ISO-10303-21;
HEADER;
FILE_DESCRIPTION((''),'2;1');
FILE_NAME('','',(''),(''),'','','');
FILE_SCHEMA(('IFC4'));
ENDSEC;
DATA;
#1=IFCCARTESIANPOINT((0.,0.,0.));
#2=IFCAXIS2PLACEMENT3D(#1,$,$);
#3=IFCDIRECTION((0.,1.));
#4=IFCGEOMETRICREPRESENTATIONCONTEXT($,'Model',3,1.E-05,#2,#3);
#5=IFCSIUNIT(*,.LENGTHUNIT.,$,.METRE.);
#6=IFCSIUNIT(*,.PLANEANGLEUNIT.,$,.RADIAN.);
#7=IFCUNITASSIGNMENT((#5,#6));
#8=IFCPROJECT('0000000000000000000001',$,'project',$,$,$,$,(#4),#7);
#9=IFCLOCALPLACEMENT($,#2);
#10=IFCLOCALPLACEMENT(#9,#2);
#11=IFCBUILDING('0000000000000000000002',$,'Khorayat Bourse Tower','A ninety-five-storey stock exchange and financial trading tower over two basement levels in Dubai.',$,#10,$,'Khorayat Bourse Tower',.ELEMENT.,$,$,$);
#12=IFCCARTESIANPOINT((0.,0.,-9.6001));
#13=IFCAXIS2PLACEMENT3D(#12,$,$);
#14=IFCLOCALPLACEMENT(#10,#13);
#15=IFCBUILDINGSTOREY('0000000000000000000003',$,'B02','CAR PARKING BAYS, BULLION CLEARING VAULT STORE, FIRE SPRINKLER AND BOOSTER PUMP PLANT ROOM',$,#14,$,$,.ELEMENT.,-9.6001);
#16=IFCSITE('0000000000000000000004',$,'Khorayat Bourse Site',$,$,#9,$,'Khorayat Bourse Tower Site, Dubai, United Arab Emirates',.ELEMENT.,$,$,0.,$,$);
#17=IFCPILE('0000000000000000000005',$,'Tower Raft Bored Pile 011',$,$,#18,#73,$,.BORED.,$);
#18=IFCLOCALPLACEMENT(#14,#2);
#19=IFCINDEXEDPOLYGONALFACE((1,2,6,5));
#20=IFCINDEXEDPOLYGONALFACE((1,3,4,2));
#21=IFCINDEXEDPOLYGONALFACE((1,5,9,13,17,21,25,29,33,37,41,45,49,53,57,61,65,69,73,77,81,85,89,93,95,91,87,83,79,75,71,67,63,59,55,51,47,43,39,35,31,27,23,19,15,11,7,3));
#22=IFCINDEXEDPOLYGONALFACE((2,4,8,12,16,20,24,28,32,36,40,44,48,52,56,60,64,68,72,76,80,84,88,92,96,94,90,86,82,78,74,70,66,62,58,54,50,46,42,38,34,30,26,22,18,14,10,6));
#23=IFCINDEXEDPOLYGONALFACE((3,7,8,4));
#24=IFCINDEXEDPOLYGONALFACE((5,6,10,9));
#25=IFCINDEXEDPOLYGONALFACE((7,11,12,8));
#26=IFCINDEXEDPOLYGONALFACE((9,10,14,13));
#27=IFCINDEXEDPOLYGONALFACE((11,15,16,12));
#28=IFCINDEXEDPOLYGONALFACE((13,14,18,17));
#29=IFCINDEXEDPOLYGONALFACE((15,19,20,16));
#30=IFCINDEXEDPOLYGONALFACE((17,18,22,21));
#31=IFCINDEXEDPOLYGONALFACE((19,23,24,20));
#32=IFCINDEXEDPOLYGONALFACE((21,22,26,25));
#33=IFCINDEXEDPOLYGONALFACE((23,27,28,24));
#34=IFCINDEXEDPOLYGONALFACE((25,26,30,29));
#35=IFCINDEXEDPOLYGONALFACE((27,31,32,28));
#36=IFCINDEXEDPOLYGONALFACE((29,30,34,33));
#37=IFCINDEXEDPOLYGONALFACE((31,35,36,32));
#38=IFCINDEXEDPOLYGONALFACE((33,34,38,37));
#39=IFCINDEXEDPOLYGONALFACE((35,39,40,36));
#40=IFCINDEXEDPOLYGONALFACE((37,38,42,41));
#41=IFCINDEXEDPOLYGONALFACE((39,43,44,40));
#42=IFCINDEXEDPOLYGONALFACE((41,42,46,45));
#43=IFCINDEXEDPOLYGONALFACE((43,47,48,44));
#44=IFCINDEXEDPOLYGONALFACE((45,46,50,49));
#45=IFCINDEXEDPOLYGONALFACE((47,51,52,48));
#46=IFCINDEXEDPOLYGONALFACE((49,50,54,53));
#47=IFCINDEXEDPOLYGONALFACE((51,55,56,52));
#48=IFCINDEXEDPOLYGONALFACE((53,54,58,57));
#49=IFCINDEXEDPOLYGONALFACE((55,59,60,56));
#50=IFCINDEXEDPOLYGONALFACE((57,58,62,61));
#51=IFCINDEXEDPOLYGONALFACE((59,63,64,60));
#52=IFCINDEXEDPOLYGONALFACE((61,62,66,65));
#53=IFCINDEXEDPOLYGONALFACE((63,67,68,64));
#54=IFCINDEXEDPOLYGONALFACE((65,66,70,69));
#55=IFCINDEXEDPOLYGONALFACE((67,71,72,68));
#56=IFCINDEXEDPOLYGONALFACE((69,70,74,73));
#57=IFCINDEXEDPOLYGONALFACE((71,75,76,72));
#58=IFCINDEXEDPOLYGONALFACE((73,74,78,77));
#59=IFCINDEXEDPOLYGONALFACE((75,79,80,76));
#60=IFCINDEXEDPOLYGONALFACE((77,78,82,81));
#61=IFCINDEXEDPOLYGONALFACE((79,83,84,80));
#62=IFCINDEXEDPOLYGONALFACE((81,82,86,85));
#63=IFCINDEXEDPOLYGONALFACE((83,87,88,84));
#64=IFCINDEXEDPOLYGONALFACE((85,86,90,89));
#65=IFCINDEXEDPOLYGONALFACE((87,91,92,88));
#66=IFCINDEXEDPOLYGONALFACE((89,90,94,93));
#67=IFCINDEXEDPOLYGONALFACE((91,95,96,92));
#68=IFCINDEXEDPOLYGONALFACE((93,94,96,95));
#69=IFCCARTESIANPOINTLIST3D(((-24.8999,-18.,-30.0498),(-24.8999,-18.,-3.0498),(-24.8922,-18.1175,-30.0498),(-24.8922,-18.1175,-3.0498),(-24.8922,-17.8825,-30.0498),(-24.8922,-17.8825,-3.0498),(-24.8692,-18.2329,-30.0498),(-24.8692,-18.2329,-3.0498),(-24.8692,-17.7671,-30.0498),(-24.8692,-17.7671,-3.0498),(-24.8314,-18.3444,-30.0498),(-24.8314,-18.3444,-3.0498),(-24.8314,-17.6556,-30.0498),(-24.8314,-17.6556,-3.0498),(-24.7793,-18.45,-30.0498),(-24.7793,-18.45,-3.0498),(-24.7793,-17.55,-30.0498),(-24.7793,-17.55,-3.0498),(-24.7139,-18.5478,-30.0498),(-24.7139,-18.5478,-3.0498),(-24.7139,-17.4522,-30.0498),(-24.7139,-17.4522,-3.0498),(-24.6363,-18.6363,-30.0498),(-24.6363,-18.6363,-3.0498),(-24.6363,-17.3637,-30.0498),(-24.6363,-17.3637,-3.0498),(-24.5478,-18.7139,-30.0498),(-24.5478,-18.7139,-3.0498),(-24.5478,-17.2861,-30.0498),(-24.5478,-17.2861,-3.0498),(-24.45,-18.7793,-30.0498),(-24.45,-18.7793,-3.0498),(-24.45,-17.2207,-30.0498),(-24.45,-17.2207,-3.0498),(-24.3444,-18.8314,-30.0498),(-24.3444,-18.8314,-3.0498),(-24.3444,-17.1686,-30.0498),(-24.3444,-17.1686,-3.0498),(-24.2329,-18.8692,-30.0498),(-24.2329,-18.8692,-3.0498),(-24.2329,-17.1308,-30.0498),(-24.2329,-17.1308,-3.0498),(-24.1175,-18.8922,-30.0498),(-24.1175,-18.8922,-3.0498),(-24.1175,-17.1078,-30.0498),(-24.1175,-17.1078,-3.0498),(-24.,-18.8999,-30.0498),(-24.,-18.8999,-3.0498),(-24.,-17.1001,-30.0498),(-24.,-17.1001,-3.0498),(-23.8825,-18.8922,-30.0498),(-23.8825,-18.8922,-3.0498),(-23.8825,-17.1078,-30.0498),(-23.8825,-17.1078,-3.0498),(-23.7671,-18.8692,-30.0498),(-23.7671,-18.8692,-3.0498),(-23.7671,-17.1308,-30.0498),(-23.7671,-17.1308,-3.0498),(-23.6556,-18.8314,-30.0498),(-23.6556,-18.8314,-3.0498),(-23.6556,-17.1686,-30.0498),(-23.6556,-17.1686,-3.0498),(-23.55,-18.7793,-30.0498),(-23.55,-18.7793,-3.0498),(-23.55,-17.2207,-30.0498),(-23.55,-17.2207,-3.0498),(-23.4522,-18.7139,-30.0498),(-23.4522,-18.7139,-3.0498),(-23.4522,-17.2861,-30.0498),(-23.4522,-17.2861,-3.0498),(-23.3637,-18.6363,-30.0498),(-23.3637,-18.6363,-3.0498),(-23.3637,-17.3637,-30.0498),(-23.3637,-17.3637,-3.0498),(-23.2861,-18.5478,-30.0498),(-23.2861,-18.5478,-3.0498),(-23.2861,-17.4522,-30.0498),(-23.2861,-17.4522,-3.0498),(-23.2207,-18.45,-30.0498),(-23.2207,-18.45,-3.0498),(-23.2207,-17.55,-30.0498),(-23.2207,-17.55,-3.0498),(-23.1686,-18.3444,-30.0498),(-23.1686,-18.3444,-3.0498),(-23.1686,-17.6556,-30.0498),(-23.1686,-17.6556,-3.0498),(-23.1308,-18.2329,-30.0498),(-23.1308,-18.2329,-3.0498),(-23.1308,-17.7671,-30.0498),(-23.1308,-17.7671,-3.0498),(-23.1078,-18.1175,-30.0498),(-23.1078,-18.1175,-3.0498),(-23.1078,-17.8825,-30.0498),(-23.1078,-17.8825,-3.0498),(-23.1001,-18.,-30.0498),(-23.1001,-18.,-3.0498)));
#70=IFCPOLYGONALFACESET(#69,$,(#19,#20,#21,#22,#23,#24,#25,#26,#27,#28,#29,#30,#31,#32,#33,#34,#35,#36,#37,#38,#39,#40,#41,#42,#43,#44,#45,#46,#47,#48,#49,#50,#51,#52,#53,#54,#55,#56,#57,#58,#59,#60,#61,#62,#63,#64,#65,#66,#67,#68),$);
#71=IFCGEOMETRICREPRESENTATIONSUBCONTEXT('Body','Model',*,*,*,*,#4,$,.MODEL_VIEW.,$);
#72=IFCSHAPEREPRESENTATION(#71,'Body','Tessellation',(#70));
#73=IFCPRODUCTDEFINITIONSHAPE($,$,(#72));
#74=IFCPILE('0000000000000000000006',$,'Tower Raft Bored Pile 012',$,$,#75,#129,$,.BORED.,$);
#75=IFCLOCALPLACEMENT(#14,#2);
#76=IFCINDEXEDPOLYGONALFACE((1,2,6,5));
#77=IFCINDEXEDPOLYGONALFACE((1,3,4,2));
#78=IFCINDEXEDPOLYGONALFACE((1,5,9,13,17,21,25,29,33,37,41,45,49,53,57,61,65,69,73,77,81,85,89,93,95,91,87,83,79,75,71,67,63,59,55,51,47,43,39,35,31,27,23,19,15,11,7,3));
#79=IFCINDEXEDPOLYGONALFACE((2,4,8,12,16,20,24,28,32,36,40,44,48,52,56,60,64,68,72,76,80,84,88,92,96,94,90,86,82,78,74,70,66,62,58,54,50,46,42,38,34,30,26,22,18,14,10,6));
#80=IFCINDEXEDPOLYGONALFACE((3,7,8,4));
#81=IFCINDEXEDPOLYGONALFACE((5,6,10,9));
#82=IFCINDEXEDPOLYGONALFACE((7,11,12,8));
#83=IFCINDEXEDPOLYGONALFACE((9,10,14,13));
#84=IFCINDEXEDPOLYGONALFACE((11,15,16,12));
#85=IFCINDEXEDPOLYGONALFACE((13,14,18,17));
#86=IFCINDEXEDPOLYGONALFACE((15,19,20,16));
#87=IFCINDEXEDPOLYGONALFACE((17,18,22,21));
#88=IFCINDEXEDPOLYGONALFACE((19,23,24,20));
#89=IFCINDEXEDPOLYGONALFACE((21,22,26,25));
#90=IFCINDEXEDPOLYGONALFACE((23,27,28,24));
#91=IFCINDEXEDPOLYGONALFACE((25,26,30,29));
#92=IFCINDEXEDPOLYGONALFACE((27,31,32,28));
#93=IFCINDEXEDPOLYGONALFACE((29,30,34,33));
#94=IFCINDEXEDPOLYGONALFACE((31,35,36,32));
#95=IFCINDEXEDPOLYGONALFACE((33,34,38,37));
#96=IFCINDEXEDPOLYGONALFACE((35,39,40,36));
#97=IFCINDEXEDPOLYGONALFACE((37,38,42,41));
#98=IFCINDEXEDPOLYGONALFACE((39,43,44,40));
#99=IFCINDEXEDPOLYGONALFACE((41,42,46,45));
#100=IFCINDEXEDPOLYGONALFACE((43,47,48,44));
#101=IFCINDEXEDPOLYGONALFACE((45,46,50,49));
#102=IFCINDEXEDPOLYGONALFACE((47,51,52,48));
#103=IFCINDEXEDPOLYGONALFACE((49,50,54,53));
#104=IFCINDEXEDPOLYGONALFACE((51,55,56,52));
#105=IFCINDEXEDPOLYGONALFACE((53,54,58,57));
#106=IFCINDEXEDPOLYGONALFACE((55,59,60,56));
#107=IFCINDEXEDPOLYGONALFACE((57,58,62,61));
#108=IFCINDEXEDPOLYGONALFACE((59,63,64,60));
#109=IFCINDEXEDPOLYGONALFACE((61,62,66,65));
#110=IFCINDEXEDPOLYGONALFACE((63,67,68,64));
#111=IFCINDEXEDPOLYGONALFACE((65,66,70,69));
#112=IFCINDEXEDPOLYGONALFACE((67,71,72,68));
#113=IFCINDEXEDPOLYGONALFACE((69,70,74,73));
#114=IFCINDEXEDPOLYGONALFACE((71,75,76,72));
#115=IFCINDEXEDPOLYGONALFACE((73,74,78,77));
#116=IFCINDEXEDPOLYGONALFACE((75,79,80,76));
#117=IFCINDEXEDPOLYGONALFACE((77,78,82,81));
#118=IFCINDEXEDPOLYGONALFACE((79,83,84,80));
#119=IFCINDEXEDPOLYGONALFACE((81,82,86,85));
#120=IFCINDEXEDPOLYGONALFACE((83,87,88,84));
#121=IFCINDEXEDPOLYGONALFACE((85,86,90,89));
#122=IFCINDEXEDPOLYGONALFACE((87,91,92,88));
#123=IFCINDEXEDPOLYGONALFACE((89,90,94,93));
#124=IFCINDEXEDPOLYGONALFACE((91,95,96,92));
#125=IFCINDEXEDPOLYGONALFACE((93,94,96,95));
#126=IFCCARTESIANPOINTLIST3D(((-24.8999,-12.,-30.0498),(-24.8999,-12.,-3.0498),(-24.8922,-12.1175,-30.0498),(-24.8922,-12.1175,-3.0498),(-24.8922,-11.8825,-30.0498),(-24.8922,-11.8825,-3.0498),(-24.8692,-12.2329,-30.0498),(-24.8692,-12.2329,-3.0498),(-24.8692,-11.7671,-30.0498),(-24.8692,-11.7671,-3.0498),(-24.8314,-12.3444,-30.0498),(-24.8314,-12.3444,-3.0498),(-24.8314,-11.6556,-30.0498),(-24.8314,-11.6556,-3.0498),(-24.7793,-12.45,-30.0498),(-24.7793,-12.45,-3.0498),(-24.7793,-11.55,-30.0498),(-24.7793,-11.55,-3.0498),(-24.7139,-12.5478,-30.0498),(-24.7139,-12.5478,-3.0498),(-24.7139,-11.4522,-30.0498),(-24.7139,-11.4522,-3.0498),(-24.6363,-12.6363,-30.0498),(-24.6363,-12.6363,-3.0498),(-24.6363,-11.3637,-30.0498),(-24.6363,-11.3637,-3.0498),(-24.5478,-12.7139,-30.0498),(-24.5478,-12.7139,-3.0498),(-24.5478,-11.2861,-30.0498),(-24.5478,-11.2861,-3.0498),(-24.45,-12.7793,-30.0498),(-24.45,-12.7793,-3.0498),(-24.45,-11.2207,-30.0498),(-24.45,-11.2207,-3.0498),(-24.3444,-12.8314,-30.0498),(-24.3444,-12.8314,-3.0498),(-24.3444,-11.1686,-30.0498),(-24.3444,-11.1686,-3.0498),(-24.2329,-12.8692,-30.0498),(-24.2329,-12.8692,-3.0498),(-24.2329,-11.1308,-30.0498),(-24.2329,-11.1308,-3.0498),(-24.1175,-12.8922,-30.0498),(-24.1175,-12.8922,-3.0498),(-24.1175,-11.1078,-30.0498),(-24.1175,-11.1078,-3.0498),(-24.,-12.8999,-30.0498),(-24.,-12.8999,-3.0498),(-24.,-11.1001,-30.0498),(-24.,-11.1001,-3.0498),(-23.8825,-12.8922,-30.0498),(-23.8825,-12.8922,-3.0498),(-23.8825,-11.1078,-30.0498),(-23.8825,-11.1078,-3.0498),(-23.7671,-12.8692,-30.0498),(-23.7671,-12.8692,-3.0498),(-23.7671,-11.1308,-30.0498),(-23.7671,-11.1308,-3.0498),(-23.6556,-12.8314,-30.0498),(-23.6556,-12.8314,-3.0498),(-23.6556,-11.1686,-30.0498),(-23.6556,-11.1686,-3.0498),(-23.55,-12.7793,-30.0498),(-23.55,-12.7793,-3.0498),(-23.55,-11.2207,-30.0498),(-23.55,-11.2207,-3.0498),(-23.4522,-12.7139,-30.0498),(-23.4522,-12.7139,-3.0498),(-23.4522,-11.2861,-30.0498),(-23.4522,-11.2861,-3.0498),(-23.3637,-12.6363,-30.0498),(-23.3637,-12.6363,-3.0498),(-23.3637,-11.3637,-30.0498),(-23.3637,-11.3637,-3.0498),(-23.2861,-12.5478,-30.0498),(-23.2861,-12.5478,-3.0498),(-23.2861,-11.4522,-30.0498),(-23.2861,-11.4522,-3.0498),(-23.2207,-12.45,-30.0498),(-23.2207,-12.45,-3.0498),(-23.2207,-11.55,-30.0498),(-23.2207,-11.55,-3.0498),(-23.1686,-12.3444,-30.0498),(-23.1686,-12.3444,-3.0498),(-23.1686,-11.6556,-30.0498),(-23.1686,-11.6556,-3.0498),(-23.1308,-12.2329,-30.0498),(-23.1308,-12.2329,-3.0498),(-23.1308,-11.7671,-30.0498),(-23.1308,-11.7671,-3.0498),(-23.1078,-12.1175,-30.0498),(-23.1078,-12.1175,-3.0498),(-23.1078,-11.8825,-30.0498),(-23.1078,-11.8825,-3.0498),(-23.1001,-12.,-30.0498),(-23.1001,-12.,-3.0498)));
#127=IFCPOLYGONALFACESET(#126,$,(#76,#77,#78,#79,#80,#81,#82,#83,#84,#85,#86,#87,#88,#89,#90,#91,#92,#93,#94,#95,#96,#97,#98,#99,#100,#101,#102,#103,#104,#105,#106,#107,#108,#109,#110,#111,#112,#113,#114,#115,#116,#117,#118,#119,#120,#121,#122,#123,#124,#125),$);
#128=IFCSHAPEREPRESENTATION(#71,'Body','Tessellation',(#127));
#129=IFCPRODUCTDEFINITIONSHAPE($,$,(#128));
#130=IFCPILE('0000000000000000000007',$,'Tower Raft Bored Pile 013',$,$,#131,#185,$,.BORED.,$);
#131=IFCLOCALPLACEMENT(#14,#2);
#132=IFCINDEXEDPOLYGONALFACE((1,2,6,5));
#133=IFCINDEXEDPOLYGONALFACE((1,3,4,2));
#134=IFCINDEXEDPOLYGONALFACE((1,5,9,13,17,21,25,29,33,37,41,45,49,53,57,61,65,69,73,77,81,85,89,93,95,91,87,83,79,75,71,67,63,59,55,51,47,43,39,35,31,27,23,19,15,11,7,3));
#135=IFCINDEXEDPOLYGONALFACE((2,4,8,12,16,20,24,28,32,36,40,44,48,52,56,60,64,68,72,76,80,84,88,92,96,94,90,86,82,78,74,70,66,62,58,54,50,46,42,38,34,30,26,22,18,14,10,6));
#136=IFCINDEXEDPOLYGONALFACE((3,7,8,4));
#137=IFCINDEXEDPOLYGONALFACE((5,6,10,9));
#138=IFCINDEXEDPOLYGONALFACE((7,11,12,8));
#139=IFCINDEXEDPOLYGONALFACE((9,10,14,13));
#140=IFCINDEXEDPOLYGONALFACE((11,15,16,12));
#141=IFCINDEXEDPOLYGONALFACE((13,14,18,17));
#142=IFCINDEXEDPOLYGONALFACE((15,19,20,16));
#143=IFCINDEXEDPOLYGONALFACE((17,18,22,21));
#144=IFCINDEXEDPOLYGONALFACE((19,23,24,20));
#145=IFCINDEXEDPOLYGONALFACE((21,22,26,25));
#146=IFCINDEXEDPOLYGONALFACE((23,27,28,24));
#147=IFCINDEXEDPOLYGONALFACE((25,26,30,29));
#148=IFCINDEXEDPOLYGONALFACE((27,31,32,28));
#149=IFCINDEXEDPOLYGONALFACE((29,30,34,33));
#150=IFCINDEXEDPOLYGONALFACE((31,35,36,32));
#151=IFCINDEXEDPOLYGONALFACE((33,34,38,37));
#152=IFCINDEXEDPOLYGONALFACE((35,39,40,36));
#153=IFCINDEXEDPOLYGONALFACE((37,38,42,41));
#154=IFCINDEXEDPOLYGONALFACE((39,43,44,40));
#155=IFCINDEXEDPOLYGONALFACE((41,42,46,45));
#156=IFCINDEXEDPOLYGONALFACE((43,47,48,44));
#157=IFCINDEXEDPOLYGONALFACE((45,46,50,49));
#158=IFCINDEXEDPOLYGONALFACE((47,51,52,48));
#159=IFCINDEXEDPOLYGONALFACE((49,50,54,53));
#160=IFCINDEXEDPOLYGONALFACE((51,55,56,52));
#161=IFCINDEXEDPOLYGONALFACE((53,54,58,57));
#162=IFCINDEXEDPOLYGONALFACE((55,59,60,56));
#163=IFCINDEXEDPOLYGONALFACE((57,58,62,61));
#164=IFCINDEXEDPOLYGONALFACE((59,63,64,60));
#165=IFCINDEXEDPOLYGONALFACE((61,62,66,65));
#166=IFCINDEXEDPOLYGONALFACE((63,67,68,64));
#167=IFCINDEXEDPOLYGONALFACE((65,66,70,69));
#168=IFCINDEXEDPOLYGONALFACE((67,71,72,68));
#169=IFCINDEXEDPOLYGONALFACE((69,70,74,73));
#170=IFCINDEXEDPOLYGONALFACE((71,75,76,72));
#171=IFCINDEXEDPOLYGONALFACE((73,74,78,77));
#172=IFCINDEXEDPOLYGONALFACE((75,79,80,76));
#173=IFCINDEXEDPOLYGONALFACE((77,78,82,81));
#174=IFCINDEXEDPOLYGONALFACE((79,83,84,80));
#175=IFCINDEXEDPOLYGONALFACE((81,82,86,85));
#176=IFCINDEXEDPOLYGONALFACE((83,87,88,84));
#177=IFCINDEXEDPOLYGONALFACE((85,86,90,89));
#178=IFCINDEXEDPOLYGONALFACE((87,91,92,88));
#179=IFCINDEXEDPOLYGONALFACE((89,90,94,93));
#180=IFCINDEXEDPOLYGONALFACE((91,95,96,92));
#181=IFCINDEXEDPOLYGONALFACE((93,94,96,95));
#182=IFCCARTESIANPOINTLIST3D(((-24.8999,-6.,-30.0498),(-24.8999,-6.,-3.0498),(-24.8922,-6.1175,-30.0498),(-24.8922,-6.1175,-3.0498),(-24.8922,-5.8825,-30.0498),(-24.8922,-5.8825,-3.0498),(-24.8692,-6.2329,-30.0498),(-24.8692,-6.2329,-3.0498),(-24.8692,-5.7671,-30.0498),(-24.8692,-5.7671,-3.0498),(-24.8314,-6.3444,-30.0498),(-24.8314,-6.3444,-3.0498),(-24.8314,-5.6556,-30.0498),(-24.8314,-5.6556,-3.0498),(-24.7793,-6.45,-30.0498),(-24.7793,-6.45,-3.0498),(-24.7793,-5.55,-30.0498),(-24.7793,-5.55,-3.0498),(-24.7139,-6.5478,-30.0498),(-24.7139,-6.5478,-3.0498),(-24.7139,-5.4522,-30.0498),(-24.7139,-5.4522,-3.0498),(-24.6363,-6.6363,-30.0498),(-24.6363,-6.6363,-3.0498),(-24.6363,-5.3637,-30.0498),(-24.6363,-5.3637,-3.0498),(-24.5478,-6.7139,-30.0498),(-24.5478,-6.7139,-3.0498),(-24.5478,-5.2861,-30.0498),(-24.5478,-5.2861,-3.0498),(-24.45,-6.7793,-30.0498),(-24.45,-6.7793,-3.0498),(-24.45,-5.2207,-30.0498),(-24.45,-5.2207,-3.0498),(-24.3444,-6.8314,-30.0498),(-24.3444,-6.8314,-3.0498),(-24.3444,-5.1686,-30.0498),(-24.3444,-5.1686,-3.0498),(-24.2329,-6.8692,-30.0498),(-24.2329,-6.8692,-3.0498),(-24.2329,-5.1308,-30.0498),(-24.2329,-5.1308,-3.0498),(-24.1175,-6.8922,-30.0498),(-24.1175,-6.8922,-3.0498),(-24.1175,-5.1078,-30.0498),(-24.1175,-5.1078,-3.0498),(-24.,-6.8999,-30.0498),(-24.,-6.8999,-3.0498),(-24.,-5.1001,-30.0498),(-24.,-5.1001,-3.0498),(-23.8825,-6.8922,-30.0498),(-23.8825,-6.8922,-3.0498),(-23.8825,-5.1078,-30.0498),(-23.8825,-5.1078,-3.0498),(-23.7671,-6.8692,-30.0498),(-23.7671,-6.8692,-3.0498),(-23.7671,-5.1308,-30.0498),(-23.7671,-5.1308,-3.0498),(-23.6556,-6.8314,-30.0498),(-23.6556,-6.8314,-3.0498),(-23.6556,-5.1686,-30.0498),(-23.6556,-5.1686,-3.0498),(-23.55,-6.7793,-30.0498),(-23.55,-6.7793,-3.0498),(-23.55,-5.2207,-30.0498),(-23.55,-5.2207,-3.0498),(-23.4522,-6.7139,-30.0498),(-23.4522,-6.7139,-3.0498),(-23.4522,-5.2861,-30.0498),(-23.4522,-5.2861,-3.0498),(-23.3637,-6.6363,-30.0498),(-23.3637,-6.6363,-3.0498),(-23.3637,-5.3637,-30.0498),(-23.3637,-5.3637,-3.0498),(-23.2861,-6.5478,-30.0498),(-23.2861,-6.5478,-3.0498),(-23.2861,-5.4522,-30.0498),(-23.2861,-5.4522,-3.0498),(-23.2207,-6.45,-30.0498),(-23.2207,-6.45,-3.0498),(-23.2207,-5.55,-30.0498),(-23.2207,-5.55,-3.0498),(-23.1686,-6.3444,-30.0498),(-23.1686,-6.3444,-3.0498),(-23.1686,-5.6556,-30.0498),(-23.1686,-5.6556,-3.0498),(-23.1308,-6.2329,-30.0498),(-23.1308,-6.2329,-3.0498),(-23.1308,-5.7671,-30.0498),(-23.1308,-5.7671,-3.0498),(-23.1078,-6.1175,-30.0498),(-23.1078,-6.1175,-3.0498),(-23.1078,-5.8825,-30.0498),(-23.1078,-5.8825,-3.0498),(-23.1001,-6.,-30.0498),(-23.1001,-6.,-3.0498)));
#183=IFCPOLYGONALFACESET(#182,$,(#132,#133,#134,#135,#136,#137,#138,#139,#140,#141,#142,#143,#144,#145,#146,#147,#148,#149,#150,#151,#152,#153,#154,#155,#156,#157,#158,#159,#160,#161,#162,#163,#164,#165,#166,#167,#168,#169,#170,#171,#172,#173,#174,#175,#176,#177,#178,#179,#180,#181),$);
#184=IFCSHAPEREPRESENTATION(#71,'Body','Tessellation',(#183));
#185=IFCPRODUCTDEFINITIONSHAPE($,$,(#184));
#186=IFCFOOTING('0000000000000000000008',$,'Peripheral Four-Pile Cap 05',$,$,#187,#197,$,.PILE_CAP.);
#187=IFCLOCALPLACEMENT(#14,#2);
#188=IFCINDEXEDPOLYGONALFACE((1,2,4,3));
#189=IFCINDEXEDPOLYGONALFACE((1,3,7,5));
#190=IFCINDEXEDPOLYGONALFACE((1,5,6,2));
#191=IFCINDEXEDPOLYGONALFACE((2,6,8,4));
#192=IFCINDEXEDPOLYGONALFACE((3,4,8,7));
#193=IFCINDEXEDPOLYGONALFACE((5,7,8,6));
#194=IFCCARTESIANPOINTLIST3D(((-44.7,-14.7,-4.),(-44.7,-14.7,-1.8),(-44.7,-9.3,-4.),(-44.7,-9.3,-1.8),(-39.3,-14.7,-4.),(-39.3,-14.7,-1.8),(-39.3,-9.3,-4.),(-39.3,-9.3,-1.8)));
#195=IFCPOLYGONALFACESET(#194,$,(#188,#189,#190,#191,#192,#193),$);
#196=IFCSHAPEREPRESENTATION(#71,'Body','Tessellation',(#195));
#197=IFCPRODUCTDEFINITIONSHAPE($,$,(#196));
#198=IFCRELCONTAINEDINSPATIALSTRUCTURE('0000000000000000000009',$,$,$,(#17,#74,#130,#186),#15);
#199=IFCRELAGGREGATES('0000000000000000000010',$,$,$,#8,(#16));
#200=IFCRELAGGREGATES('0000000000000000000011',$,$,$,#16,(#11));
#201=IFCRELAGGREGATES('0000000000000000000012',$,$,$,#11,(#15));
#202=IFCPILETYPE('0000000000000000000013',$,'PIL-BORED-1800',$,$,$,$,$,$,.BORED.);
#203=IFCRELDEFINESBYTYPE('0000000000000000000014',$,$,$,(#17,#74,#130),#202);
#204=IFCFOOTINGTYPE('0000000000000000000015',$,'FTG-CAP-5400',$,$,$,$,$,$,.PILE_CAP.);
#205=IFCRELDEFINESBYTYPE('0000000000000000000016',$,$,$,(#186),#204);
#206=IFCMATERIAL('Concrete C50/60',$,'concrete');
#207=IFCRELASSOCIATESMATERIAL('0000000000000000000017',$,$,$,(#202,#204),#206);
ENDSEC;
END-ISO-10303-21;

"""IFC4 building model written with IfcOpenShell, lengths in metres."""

from ifc_helpers import new_model, si_unit, direction, frame, origin, origin_2d, place, context, subcontext, project, spatial, rectangle, circle, extrude, source, transform, mapped, material, material_profile, profile_set, type_object, element, save


model = new_model("IFC4")

# Units and contexts
model_context = context("Model", 3, precision=1e-05, world=origin(), true_north=direction((0.0, 1.0)))
body_context = subcontext(model_context, "Body", "Model", "MODEL_VIEW")
ifc_project = project(units=[si_unit("LENGTHUNIT", "METRE"), si_unit("PLANEANGLEUNIT", "RADIAN")], contexts=[model_context])

# Site, building, storey
site_placement = place(None, origin())
site = spatial("IfcSite", under=ifc_project, at=site_placement, Name="Khorayat Bourse Site", LongName="Khorayat Bourse Tower Site, Dubai, United Arab Emirates", CompositionType="ELEMENT", RefElevation=0.0)
building_placement = place(site_placement, origin())
building = spatial("IfcBuilding", under=site, at=building_placement, Name="Khorayat Bourse Tower", Description="A ninety-five-storey stock exchange and financial trading tower over two basement levels in Dubai.", LongName="Khorayat Bourse Tower", CompositionType="ELEMENT")
storey_placement = place(building_placement, frame((0.0, 0.0, -9.6001)))
storey = spatial("IfcBuildingStorey", under=building, at=storey_placement, Name="B02", Description="CAR PARKING BAYS, BULLION CLEARING VAULT STORE, FIRE SPRINKLER AND BOOSTER PUMP PLANT ROOM", CompositionType="ELEMENT", Elevation=-9.6001)

# Piles
ifc_material_1 = material(Name="Concrete C50/60", Category="concrete")
ifc_material_profile_1 = material_profile(ifc_material_1, circle(Radius=0.8999, at=origin_2d()), Name="BORED PILE D1800")
ifc_profile_set_1 = profile_set([ifc_material_profile_1], Name="Concrete C50/60")
pile_type_1 = type_object("IfcPileType", Name="PIL-BORED-1800", PredefinedType="BORED", material=ifc_profile_set_1)
shared_shape_1 = source(origin(), body_context, "Body", "SweptSolid", [
    extrude(circle(Radius=0.8999, at=origin_2d()), origin(), (0.0, 0.0, 1.0), 27.0),
])
for number, where, z_axis, x_axis, name in (
    (1, (-24.0, -18.0, -3.0498), (0.0, 0.0, -1.0), (1.0, 0.0, 0.0), "Tower Raft Bored Pile 011"),
    (2, (-24.0, -12.0, -3.0498), (0.0, 0.0, -1.0), (1.0, 0.0, 0.0), "Tower Raft Bored Pile 012"),
    (3, (-24.0, -6.0, -3.0498), (0.0, 0.0, -1.0), (1.0, 0.0, 0.0), "Tower Raft Bored Pile 013"),
):
    element("IfcPile", number, at=place(storey_placement, frame(where, z_axis=z_axis, x_axis=x_axis)), inside=storey, type_object=pile_type_1, Name=name, PredefinedType="BORED", context=body_context, shape_type="MappedRepresentation", body=[
        mapped(shared_shape_1, transform((0.0, 0.0, 0.0), scale=1.0)),
    ])

# Footing
footing_type_1 = type_object("IfcFootingType", Name="FTG-CAP-5400", PredefinedType="PILE_CAP", material=ifc_material_1)
shared_shape_2 = source(origin(), body_context, "Body", "SweptSolid", [
    extrude(rectangle(XDim=5.3999, YDim=5.3999, at=origin_2d()), origin(), (0.0, 0.0, 1.0), 2.2),
])
footing_1_placement = place(storey_placement, frame((-42.0, -12.0, -4.0), z_axis=(0.0, 0.0, 1.0), x_axis=(1.0, 0.0, 0.0)))
element("IfcFooting", 4, at=footing_1_placement, inside=storey, type_object=footing_type_1, Name="Peripheral Four-Pile Cap 05", PredefinedType="PILE_CAP", context=body_context, shape_type="MappedRepresentation", body=[
    mapped(shared_shape_2, transform((0.0, 0.0, 0.0), scale=1.0)),
])

save(model, "model.ifc")
